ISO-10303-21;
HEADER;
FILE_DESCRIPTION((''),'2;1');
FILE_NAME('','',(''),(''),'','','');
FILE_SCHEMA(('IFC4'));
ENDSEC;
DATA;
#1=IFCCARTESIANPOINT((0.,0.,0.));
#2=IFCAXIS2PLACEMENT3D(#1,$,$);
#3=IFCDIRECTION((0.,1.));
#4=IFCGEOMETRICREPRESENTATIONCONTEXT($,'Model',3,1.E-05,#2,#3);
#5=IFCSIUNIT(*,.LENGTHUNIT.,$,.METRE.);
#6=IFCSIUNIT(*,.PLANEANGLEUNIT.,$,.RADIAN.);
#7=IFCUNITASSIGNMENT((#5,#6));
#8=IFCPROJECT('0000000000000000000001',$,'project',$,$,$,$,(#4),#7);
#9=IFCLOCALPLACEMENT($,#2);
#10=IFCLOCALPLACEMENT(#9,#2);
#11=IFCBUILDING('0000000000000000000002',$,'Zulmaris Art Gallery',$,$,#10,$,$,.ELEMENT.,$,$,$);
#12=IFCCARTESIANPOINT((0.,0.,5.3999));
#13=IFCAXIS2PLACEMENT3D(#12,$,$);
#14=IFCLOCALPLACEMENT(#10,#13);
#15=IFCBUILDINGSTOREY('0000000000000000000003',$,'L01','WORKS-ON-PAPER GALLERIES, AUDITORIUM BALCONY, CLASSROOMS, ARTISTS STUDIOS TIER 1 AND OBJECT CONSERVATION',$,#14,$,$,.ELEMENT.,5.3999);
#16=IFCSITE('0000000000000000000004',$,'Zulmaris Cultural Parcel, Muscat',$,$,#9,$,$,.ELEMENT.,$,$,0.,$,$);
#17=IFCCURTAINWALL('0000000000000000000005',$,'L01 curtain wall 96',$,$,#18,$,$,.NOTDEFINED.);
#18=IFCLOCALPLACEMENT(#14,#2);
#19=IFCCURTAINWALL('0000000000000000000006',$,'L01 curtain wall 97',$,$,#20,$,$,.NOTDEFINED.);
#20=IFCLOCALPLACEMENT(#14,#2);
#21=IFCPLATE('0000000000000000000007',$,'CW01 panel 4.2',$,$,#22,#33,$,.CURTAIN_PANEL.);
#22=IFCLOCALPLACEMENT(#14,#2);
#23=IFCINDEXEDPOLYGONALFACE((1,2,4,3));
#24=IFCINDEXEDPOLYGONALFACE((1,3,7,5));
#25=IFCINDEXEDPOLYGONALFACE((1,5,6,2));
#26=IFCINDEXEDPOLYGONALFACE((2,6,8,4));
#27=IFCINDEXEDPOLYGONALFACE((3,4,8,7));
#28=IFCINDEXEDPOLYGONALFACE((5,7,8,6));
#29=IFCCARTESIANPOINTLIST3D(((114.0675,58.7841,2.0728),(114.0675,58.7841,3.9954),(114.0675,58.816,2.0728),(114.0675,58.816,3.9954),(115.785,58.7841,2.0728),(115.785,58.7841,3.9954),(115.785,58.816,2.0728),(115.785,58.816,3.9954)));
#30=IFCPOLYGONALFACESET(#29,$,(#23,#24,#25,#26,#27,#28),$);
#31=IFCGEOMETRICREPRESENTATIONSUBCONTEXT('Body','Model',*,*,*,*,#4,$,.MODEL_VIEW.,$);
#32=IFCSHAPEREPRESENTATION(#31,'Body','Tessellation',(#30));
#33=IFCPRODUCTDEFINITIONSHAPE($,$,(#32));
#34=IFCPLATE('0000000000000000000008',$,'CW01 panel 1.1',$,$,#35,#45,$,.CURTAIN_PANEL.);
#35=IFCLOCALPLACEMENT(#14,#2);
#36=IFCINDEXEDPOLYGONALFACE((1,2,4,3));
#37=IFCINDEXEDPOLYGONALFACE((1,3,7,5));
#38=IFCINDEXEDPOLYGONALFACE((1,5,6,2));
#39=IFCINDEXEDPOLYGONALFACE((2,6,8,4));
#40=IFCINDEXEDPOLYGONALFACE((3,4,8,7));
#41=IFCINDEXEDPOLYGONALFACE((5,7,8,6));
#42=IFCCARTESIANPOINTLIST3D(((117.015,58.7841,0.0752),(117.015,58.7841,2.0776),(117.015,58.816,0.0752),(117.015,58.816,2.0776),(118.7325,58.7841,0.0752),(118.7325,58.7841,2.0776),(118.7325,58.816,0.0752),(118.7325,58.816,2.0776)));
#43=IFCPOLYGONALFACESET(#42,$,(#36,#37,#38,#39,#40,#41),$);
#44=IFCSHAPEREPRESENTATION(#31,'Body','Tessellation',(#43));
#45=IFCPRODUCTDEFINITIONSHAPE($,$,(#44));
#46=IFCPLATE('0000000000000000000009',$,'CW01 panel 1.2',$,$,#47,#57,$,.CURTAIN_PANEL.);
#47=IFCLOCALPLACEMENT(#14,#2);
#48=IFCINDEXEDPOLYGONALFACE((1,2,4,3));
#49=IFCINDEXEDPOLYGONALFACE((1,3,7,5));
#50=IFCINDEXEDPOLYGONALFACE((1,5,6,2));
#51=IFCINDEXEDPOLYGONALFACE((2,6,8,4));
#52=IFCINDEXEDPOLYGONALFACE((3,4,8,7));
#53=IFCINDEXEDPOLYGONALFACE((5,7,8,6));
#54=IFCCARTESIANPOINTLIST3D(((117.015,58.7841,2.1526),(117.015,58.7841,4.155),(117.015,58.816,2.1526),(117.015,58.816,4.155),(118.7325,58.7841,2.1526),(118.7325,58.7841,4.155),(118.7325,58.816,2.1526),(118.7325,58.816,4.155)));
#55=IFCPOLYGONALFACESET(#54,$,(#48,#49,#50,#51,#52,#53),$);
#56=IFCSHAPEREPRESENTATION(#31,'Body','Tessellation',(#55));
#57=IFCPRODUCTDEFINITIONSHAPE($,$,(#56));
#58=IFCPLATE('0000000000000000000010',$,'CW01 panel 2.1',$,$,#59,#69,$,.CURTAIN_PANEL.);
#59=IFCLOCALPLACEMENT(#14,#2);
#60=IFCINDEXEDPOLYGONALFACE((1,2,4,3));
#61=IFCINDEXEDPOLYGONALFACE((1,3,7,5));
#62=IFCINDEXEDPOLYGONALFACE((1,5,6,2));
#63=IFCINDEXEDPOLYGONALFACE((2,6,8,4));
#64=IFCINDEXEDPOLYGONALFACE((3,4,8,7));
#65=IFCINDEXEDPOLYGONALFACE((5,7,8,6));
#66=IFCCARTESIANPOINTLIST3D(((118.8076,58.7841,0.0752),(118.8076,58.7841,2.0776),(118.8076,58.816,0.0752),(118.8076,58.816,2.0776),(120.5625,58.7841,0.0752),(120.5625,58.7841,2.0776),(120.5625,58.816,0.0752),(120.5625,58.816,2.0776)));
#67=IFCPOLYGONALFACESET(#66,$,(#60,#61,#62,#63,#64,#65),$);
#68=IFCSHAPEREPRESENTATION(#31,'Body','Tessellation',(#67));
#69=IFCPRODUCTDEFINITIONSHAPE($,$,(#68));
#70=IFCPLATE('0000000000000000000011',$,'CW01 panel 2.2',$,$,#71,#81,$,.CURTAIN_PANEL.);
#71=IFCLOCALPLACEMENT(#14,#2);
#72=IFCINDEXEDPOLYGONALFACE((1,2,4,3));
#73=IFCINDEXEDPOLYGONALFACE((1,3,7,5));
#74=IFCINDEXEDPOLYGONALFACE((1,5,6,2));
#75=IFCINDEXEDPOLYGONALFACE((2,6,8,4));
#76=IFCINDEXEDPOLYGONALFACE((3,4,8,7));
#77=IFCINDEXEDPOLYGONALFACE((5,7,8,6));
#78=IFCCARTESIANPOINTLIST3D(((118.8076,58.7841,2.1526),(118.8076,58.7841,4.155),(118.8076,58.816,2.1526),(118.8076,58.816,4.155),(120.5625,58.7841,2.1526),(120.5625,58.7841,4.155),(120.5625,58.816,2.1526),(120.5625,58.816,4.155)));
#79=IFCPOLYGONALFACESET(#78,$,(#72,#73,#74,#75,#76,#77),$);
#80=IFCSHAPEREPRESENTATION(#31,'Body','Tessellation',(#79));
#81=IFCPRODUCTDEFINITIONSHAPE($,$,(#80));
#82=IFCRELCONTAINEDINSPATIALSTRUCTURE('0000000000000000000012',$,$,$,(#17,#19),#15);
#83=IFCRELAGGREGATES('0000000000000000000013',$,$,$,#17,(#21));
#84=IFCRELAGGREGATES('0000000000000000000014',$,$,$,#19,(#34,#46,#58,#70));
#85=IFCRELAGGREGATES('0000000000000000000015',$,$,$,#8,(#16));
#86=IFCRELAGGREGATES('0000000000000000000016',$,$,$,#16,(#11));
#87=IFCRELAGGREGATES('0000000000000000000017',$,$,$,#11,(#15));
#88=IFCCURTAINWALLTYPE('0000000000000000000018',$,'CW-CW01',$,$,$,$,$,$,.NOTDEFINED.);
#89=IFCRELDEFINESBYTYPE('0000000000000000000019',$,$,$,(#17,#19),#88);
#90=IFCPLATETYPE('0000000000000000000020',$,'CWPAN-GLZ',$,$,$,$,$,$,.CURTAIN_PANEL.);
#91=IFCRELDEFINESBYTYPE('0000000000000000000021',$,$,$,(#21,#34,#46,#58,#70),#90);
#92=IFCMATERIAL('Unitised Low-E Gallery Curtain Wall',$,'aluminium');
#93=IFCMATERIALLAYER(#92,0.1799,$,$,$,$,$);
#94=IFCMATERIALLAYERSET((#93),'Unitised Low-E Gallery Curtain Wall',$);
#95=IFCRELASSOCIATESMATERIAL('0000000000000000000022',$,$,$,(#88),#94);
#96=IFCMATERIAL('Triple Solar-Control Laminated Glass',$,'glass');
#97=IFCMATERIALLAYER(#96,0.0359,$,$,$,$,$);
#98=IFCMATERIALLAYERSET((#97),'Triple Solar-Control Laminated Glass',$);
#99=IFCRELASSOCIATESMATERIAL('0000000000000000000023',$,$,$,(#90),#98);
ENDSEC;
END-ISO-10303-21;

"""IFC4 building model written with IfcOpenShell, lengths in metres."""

from ifc_helpers import new_model, si_unit, direction, frame, origin, origin_2d, place, context, subcontext, project, spatial, rectangle, extrude, material, layer, layer_set, type_object, element, aggregate, save


model = new_model("IFC4")

# Units and contexts
model_context = context("Model", 3, precision=1e-05, world=origin(), true_north=direction((0.0, 1.0)))
body_context = subcontext(model_context, "Body", "Model", "MODEL_VIEW")
ifc_project = project(units=[si_unit("LENGTHUNIT", "METRE"), si_unit("PLANEANGLEUNIT", "RADIAN")], contexts=[model_context])

# Site, building, storey
site_placement = place(None, origin())
site = spatial("IfcSite", under=ifc_project, at=site_placement, Name="Zulmaris Cultural Parcel, Muscat", CompositionType="ELEMENT", RefElevation=0.0)
building_placement = place(site_placement, origin())
building = spatial("IfcBuilding", under=site, at=building_placement, Name="Zulmaris Art Gallery", CompositionType="ELEMENT")
storey_placement = place(building_placement, frame((0.0, 0.0, 5.3999)))
storey = spatial("IfcBuildingStorey", under=building, at=storey_placement, Name="L01", Description="WORKS-ON-PAPER GALLERIES, AUDITORIUM BALCONY, CLASSROOMS, ARTISTS STUDIOS TIER 1 AND OBJECT CONSERVATION", CompositionType="ELEMENT", Elevation=5.3999)

# Curtain walls
ifc_material_1 = material(Name="Unitised Low-E Gallery Curtain Wall", Category="aluminium")
ifc_layer_1 = layer(ifc_material_1, 0.1799)
ifc_layer_set_1 = layer_set([ifc_layer_1], Name="Unitised Low-E Gallery Curtain Wall")
curtain_wall_type = type_object("IfcCurtainWallType", Name="CW-CW01", PredefinedType="NOTDEFINED", material=ifc_layer_set_1)
curtain_wall_1_placement = place(storey_placement, origin())
curtain_wall_1 = element("IfcCurtainWall", 1, at=curtain_wall_1_placement, inside=storey, type_object=curtain_wall_type, Name="L01 curtain wall 96", PredefinedType="NOTDEFINED")
curtain_wall_2_placement = place(storey_placement, origin())
curtain_wall_2 = element("IfcCurtainWall", 2, at=curtain_wall_2_placement, inside=storey, type_object=curtain_wall_type, Name="L01 curtain wall 97", PredefinedType="NOTDEFINED")

# Plates
ifc_material_2 = material(Name="Triple Solar-Control Laminated Glass", Category="glass")
ifc_layer_2 = layer(ifc_material_2, 0.0359)
ifc_layer_set_2 = layer_set([ifc_layer_2], Name="Triple Solar-Control Laminated Glass")
plate_type = type_object("IfcPlateType", Name="CWPAN-GLZ", PredefinedType="CURTAIN_PANEL", material=ifc_layer_set_2)
plate_1_placement = place(storey_placement, frame((114.9263, 58.8, 2.0728), z_axis=(0.0, 0.0, 1.0), x_axis=(1.0, 0.0, 0.0)))
plate_1 = element("IfcPlate", 3, at=plate_1_placement, type_object=plate_type, Name="CW01 panel 4.2", PredefinedType="CURTAIN_PANEL", context=body_context, shape_type="SweptSolid", body=[
    extrude(rectangle(XDim=1.7175, YDim=0.032, at=origin_2d()), origin(), (0.0, 0.0, 1.0), 1.9226),
])
aggregate(curtain_wall_1, [plate_1])
plate_2_placement = place(storey_placement, frame((117.8738, 58.8, 0.0752), z_axis=(0.0, 0.0, 1.0), x_axis=(1.0, 0.0, 0.0)))
plate_2 = element("IfcPlate", 4, at=plate_2_placement, type_object=plate_type, Name="CW01 panel 1.1", PredefinedType="CURTAIN_PANEL", context=body_context, shape_type="SweptSolid", body=[
    extrude(rectangle(XDim=1.7175, YDim=0.032, at=origin_2d()), origin(), (0.0, 0.0, 1.0), 2.0024),
])
plate_3_placement = place(storey_placement, frame((117.8738, 58.8, 2.1526), z_axis=(0.0, 0.0, 1.0), x_axis=(1.0, 0.0, 0.0)))
plate_3 = element("IfcPlate", 5, at=plate_3_placement, type_object=plate_type, Name="CW01 panel 1.2", PredefinedType="CURTAIN_PANEL", context=body_context, shape_type="SweptSolid", body=[
    extrude(rectangle(XDim=1.7175, YDim=0.032, at=origin_2d()), origin(), (0.0, 0.0, 1.0), 2.0024),
])
plate_4_placement = place(storey_placement, frame((119.6851, 58.8, 0.0752), z_axis=(0.0, 0.0, 1.0), x_axis=(1.0, 0.0, 0.0)))
plate_4 = element("IfcPlate", 6, at=plate_4_placement, type_object=plate_type, Name="CW01 panel 2.1", PredefinedType="CURTAIN_PANEL", context=body_context, shape_type="SweptSolid", body=[
    extrude(rectangle(XDim=1.7549, YDim=0.032, at=origin_2d()), origin(), (0.0, 0.0, 1.0), 2.0024),
])
plate_5_placement = place(storey_placement, frame((119.6851, 58.8, 2.1526), z_axis=(0.0, 0.0, 1.0), x_axis=(1.0, 0.0, 0.0)))
plate_5 = element("IfcPlate", 7, at=plate_5_placement, type_object=plate_type, Name="CW01 panel 2.2", PredefinedType="CURTAIN_PANEL", context=body_context, shape_type="SweptSolid", body=[
    extrude(rectangle(XDim=1.7549, YDim=0.032, at=origin_2d()), origin(), (0.0, 0.0, 1.0), 2.0024),
])
aggregate(curtain_wall_2, [plate_2, plate_3, plate_4, plate_5])

save(model, "model.ifc")
